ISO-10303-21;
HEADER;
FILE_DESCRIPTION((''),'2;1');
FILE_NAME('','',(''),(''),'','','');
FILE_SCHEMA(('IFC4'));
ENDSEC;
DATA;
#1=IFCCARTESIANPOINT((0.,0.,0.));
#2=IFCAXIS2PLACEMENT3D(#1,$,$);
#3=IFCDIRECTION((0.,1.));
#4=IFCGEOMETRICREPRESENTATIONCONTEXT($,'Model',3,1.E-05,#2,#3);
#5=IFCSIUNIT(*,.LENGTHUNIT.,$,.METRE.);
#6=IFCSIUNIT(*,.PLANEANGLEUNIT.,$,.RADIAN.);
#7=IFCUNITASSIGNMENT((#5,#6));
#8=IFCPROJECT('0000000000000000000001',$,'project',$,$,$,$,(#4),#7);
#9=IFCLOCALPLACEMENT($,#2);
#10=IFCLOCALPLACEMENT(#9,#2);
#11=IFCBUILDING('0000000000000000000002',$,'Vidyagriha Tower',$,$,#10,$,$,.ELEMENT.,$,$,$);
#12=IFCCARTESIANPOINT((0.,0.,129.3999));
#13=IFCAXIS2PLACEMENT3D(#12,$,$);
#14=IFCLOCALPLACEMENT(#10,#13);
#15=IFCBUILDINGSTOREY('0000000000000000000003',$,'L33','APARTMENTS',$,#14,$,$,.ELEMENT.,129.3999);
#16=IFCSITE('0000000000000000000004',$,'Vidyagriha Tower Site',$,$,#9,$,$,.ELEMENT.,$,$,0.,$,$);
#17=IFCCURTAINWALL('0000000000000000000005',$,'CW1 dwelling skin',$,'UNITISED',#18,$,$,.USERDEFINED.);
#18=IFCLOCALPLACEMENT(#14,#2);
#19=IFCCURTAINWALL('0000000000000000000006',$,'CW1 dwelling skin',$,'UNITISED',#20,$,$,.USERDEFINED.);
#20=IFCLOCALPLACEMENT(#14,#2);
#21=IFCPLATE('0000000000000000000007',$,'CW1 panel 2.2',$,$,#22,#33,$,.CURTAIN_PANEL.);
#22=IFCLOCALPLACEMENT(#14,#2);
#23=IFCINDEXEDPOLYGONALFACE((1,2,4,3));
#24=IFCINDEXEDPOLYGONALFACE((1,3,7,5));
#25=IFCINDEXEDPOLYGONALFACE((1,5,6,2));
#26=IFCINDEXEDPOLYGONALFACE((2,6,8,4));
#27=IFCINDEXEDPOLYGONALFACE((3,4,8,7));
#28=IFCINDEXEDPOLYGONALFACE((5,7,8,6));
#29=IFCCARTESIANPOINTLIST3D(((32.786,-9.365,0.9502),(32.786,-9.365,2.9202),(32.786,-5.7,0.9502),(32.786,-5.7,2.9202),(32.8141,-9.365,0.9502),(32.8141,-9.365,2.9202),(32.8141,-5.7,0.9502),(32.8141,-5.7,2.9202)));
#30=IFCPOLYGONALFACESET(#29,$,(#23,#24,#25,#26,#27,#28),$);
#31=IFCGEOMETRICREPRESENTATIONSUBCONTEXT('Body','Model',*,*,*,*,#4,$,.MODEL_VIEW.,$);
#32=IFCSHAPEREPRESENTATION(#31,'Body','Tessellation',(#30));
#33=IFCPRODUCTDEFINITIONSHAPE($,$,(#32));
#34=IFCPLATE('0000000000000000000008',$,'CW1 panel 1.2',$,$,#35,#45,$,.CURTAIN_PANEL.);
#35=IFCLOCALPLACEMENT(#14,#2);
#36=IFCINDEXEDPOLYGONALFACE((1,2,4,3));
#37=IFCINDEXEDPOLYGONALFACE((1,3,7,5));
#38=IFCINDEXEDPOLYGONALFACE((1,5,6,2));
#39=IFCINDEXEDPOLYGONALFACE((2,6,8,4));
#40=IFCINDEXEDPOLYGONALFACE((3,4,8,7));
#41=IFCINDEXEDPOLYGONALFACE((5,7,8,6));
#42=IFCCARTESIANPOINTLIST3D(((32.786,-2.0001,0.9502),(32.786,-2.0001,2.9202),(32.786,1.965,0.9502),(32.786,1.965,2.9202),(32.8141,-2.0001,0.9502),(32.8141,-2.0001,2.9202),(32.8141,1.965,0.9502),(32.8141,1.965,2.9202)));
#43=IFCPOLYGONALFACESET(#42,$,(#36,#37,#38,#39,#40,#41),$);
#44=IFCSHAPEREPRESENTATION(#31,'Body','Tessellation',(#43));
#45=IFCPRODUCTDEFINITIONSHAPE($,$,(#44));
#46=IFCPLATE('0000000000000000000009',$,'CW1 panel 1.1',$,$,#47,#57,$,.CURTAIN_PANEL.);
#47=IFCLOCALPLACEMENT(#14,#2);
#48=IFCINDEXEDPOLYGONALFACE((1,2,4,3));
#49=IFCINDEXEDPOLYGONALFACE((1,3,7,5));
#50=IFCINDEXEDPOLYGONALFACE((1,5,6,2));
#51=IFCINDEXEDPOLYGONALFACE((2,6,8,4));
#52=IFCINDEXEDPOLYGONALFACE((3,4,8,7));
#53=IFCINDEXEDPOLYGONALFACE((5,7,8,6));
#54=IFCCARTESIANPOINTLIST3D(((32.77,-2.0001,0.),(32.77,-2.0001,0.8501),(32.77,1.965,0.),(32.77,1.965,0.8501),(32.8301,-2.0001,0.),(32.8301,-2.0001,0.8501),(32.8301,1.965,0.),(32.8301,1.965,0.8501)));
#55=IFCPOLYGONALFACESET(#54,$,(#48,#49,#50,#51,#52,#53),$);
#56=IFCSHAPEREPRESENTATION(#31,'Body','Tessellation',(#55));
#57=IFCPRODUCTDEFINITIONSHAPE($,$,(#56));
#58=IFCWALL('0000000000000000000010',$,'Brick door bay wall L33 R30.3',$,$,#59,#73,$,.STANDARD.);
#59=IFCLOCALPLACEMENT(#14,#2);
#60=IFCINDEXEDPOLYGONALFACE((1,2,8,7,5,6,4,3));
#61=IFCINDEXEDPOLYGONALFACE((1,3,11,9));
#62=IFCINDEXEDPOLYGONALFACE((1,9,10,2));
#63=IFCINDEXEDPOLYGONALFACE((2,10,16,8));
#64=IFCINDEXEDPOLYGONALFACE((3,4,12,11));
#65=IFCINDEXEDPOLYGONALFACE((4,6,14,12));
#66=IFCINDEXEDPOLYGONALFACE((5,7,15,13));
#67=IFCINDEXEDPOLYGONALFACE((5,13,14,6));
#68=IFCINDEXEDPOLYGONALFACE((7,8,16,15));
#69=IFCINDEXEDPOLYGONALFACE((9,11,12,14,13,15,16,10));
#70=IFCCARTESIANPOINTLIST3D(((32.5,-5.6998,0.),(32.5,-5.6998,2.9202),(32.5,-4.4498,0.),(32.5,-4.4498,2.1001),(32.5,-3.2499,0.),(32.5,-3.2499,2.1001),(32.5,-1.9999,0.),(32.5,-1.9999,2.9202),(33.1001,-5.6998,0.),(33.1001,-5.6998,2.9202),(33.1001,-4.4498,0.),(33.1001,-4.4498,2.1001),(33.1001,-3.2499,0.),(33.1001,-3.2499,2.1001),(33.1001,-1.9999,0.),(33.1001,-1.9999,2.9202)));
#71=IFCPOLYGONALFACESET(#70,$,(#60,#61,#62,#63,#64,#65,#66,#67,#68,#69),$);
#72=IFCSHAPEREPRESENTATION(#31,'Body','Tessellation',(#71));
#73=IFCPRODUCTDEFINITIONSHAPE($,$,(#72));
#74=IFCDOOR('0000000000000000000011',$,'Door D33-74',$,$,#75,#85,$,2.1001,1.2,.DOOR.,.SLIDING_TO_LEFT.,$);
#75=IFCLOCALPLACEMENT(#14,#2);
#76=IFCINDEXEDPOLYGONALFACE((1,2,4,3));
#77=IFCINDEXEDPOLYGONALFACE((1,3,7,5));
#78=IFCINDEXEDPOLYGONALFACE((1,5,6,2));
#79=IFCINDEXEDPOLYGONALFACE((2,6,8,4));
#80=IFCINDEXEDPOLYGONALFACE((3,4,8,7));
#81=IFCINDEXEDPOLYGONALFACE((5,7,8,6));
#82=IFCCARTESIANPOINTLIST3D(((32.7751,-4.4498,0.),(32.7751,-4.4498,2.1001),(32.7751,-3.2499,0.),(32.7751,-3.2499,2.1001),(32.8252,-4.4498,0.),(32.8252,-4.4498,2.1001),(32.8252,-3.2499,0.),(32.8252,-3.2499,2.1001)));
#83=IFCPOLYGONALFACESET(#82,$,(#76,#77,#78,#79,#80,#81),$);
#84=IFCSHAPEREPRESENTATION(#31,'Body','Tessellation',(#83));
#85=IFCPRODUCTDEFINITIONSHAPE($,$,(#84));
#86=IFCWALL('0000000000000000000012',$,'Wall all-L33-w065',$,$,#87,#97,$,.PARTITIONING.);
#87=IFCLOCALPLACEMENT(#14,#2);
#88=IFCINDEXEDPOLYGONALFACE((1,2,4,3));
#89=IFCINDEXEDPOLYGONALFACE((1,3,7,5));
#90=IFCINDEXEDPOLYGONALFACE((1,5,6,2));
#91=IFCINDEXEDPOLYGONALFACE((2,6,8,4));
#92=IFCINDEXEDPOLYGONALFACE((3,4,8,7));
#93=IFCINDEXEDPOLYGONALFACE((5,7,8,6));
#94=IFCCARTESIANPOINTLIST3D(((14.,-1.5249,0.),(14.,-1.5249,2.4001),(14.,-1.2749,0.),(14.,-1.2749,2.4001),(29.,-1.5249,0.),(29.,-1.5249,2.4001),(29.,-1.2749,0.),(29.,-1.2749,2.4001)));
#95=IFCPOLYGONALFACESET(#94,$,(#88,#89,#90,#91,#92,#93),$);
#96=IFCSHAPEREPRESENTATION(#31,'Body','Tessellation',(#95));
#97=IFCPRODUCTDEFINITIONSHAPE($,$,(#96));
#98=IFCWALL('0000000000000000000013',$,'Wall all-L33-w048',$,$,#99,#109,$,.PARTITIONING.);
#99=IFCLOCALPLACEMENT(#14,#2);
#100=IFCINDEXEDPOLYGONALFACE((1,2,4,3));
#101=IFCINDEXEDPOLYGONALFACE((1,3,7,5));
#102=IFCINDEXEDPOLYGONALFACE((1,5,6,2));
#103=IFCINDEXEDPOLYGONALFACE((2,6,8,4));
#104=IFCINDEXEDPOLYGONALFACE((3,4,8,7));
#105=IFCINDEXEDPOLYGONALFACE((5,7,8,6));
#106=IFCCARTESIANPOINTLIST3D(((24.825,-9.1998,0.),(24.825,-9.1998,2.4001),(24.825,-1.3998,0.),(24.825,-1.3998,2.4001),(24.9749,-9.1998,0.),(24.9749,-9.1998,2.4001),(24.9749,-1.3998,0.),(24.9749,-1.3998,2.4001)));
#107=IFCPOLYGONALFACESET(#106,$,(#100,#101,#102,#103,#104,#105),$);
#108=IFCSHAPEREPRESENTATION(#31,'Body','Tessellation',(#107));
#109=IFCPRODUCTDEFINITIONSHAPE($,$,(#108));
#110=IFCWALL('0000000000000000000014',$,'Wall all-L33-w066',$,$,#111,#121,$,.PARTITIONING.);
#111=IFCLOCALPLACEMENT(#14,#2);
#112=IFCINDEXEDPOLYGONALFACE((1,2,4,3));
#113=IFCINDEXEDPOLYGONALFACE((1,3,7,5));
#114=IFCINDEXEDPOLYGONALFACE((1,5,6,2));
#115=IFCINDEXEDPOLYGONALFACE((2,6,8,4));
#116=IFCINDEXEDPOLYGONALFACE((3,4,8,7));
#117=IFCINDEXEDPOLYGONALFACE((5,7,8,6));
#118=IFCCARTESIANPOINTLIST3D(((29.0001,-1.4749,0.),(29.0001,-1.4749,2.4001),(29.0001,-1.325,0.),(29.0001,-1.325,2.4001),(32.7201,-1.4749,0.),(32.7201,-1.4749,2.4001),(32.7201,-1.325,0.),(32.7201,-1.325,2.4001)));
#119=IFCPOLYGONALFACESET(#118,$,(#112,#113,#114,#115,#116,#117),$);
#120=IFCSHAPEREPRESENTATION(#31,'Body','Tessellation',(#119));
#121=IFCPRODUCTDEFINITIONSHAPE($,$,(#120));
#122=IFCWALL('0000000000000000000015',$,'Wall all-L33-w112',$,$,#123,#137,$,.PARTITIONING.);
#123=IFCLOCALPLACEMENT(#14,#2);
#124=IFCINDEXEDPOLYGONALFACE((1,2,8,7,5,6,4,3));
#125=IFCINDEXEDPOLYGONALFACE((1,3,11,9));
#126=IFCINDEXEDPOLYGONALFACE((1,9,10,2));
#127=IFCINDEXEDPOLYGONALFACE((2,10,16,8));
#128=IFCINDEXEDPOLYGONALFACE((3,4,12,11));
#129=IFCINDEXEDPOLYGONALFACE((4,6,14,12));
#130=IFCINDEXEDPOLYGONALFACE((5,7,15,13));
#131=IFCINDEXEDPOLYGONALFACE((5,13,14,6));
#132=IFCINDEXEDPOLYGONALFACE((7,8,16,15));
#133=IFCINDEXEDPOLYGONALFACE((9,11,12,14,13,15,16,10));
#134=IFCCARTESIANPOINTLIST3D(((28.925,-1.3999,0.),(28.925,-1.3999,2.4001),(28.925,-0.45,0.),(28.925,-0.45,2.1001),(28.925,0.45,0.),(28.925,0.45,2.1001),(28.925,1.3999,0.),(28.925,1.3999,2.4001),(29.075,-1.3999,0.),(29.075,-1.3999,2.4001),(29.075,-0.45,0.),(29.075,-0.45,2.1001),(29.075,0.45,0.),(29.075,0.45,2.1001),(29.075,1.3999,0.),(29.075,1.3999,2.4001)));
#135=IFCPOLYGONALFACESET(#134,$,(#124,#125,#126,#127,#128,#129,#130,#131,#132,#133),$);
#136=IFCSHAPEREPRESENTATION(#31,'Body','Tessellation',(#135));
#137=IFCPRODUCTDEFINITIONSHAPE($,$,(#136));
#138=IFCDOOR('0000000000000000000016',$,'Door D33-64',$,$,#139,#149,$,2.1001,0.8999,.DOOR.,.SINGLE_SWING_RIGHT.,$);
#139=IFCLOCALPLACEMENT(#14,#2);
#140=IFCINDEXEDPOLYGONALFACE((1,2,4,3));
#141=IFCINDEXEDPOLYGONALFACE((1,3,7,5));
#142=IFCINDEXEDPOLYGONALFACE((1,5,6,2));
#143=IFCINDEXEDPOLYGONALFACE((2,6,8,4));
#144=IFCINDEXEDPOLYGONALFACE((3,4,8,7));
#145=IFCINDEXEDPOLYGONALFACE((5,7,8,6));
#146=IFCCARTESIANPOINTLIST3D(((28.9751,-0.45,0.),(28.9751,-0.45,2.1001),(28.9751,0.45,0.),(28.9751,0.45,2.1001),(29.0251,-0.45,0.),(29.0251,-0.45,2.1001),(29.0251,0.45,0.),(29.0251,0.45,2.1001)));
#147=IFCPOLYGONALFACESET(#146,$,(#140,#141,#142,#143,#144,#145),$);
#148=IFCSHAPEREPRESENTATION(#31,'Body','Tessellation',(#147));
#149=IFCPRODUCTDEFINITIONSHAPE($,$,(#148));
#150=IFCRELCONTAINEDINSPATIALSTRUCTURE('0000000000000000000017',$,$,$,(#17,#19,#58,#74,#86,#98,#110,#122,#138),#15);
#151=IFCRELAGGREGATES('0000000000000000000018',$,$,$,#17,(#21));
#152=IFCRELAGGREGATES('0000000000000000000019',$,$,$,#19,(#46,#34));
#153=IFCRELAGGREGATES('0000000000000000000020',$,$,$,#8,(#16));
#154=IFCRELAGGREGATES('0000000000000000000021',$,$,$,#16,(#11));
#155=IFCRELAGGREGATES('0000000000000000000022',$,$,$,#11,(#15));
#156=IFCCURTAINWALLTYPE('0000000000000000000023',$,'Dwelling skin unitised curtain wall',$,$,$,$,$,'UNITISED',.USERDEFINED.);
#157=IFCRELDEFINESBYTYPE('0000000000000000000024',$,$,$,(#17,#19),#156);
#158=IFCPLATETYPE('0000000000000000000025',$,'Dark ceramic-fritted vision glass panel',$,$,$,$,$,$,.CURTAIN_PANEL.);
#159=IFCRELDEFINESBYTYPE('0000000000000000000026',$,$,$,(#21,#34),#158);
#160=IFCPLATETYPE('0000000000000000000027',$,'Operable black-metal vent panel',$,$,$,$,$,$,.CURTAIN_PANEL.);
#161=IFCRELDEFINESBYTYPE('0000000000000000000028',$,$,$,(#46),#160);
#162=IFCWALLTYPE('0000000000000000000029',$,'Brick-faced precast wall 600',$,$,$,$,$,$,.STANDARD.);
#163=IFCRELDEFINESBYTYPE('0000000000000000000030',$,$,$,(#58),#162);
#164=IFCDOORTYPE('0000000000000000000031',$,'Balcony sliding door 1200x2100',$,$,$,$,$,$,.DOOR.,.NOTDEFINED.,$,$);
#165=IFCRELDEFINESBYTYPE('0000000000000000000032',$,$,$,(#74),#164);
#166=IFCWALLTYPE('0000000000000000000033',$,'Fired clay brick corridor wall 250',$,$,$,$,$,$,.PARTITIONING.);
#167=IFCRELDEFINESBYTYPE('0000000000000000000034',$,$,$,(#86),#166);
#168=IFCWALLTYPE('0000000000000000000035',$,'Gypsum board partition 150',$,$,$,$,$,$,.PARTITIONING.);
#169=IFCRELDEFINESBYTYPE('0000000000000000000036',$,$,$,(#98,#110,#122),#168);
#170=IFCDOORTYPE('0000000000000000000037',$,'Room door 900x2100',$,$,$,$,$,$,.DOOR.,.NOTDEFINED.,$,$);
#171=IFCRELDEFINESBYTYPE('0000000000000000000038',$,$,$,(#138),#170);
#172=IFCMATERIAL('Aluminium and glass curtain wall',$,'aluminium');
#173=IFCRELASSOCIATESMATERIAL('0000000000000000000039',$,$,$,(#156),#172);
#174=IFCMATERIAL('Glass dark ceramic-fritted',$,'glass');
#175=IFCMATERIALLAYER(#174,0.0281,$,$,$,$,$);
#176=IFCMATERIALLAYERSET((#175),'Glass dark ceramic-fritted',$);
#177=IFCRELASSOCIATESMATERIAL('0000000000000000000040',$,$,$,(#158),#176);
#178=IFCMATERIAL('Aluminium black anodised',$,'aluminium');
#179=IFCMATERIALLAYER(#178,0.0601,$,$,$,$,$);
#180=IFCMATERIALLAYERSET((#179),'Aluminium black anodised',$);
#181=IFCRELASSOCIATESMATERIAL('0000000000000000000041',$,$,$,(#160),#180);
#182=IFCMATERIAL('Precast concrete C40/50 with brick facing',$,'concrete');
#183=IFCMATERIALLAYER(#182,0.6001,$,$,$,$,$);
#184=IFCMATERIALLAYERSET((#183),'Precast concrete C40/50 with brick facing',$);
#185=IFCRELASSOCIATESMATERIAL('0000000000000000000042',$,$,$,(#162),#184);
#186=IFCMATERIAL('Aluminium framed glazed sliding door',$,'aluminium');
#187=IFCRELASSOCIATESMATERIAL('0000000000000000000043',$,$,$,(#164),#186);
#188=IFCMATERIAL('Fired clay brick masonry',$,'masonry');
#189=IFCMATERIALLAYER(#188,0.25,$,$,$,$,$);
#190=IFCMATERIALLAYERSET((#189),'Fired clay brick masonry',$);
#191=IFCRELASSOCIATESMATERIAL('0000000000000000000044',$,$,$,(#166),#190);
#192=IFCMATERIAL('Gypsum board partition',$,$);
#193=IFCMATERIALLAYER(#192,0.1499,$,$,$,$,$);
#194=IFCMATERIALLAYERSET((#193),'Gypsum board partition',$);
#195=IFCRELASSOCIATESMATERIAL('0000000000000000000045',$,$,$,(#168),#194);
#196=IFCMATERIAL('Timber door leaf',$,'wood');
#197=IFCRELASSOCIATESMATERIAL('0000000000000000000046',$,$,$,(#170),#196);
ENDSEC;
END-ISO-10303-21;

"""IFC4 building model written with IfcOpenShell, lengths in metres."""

from ifc_helpers import new_model, si_unit, direction, frame, frame_2d, origin, origin_2d, place, context, subcontext, project, spatial, rectangle, extrude, material, layer, layer_set, type_object, element, fill, aggregate, save


model = new_model("IFC4")

# Units and contexts
model_context = context("Model", 3, precision=1e-05, world=origin(), true_north=direction((0.0, 1.0)))
body_context = subcontext(model_context, "Body", "Model", "MODEL_VIEW")
ifc_project = project(units=[si_unit("LENGTHUNIT", "METRE"), si_unit("PLANEANGLEUNIT", "RADIAN")], contexts=[model_context])

# Site, building, storey
site_placement = place(None, origin())
site = spatial("IfcSite", under=ifc_project, at=site_placement, Name="Vidyagriha Tower Site", CompositionType="ELEMENT", RefElevation=0.0)
building_placement = place(site_placement, origin())
building = spatial("IfcBuilding", under=site, at=building_placement, Name="Vidyagriha Tower", CompositionType="ELEMENT")
storey_placement = place(building_placement, frame((0.0, 0.0, 129.3999)))
storey = spatial("IfcBuildingStorey", under=building, at=storey_placement, Name="L33", Description="APARTMENTS", CompositionType="ELEMENT", Elevation=129.3999)

# Curtain wall
ifc_material_1 = material(Name="Aluminium and glass curtain wall", Category="aluminium")
curtain_wall_type = type_object("IfcCurtainWallType", Name="Dwelling skin unitised curtain wall", ElementType="UNITISED", PredefinedType="USERDEFINED", material=ifc_material_1)
curtain_wall_1_placement = place(storey_placement, origin())
curtain_wall_1 = element("IfcCurtainWall", 1, at=curtain_wall_1_placement, inside=storey, type_object=curtain_wall_type, Name="CW1 dwelling skin", ObjectType="UNITISED", PredefinedType="USERDEFINED")

# Curtain wall
curtain_wall_2_placement = place(storey_placement, origin())
curtain_wall_2 = element("IfcCurtainWall", 2, at=curtain_wall_2_placement, inside=storey, type_object=curtain_wall_type, Name="CW1 dwelling skin", ObjectType="UNITISED", PredefinedType="USERDEFINED")

# Plates
ifc_material_2 = material(Name="Glass dark ceramic-fritted", Category="glass")
ifc_layer_1 = layer(ifc_material_2, 0.0281)
ifc_layer_set_1 = layer_set([ifc_layer_1], Name="Glass dark ceramic-fritted")
plate_type_1 = type_object("IfcPlateType", Name="Dark ceramic-fritted vision glass panel", PredefinedType="CURTAIN_PANEL", material=ifc_layer_set_1)
plate_1_placement = place(storey_placement, frame((32.8, -7.5325, 0.9502), z_axis=(0.0, 0.0, 1.0), x_axis=(0.0, 1.0, 0.0)))
plate_1 = element("IfcPlate", 3, at=plate_1_placement, type_object=plate_type_1, Name="CW1 panel 2.2", PredefinedType="CURTAIN_PANEL", context=body_context, shape_type="SweptSolid", body=[
    extrude(rectangle(XDim=3.665, YDim=0.0281, at=origin_2d()), origin(), (0.0, 0.0, 1.0), 1.97),
])
aggregate(curtain_wall_1, [plate_1])
plate_2_placement = place(storey_placement, frame((32.8, -0.0176, 0.9502), z_axis=(0.0, 0.0, 1.0), x_axis=(0.0, 1.0, 0.0)))
plate_2 = element("IfcPlate", 4, at=plate_2_placement, type_object=plate_type_1, Name="CW1 panel 1.2", PredefinedType="CURTAIN_PANEL", context=body_context, shape_type="SweptSolid", body=[
    extrude(rectangle(XDim=3.9651, YDim=0.0281, at=origin_2d()), origin(), (0.0, 0.0, 1.0), 1.97),
])
ifc_material_3 = material(Name="Aluminium black anodised", Category="aluminium")
ifc_layer_2 = layer(ifc_material_3, 0.0601)
ifc_layer_set_2 = layer_set([ifc_layer_2], Name="Aluminium black anodised")
plate_type_2 = type_object("IfcPlateType", Name="Operable black-metal vent panel", PredefinedType="CURTAIN_PANEL", material=ifc_layer_set_2)
plate_3_placement = place(storey_placement, frame((32.8, -0.0176, 0.0), z_axis=(0.0, 0.0, 1.0), x_axis=(0.0, 1.0, 0.0)))
plate_3 = element("IfcPlate", 5, at=plate_3_placement, type_object=plate_type_2, Name="CW1 panel 1.1", PredefinedType="CURTAIN_PANEL", context=body_context, shape_type="SweptSolid", body=[
    extrude(rectangle(XDim=3.9651, YDim=0.0601, at=origin_2d()), origin(), (0.0, 0.0, 1.0), 0.8501),
])
aggregate(curtain_wall_2, [plate_3, plate_2])

# Wall, opening, door
ifc_material_4 = material(Name="Precast concrete C40/50 with brick facing", Category="concrete")
ifc_layer_3 = layer(ifc_material_4, 0.6001)
ifc_layer_set_3 = layer_set([ifc_layer_3], Name="Precast concrete C40/50 with brick facing")
wall_type_1 = type_object("IfcWallType", Name="Brick-faced precast wall 600", PredefinedType="STANDARD", material=ifc_layer_set_3)
wall_1_placement = place(storey_placement, frame((32.8, -5.7, 0.0), z_axis=(0.0, 0.0, 1.0), x_axis=(0.0, 1.0, 0.0)))
wall_1 = element("IfcWall", 6, at=wall_1_placement, inside=storey, type_object=wall_type_1, Name="Brick door bay wall L33 R30.3", PredefinedType="STANDARD", context=body_context, shape_type="SweptSolid", body=[
    extrude(rectangle(XDim=3.7, YDim=0.6001, at=frame_2d((1.8501, 0.0))), origin(), (0.0, 0.0, 1.0), 2.9202),
])
opening_1_placement = place(wall_1_placement, frame((1.25, 0.0, 0.0)))
opening_1 = element("IfcOpeningElement", 7, at=opening_1_placement, cuts=wall_1, PredefinedType="OPENING", context=body_context, shape_type="SweptSolid", body=[
    extrude(rectangle(XDim=1.2, YDim=2.1001, at=frame_2d((0.6001, 1.05))), frame((0.0, 0.3101, 0.0), z_axis=(0.0, -1.0, 0.0), x_axis=(1.0, 0.0, 0.0)), (0.0, 0.0, 1.0), 0.6201),
])
ifc_material_5 = material(Name="Aluminium framed glazed sliding door", Category="aluminium")
door_type_1 = type_object("IfcDoorType", Name="Balcony sliding door 1200x2100", OperationType="NOTDEFINED", PredefinedType="DOOR", material=ifc_material_5)
door_1_placement = place(opening_1_placement, origin())
door_1 = element("IfcDoor", 8, at=door_1_placement, inside=storey, type_object=door_type_1, Name="Door D33-74", OperationType="SLIDING_TO_LEFT", OverallHeight=2.1001, OverallWidth=1.2, PredefinedType="DOOR", context=body_context, shape_type="SweptSolid", body=[
    extrude(rectangle(XDim=1.2, YDim=2.1001, at=frame_2d((0.6001, 1.05))), frame((0.0, 0.0249, 0.0), z_axis=(0.0, -1.0, 0.0), x_axis=(1.0, 0.0, 0.0)), (0.0, 0.0, 1.0), 0.05),
])
fill(opening_1, door_1)

# Walls
ifc_material_6 = material(Name="Fired clay brick masonry", Category="masonry")
ifc_layer_4 = layer(ifc_material_6, 0.25)
ifc_layer_set_4 = layer_set([ifc_layer_4], Name="Fired clay brick masonry")
wall_type_2 = type_object("IfcWallType", Name="Fired clay brick corridor wall 250", PredefinedType="PARTITIONING", material=ifc_layer_set_4)
wall_2_placement = place(storey_placement, frame((29.0, -1.3999, 0.0), z_axis=(0.0, 0.0, 1.0), x_axis=(-1.0, 0.0, 0.0)))
element("IfcWall", 9, at=wall_2_placement, inside=storey, type_object=wall_type_2, Name="Wall all-L33-w065", PredefinedType="PARTITIONING", context=body_context, shape_type="SweptSolid", body=[
    extrude(rectangle(XDim=15.0, YDim=0.25, at=frame_2d((7.5, 0.0))), origin(), (0.0, 0.0, 1.0), 2.4001),
])
ifc_material_7 = material(Name="Gypsum board partition")
ifc_layer_5 = layer(ifc_material_7, 0.1499)
ifc_layer_set_5 = layer_set([ifc_layer_5], Name="Gypsum board partition")
wall_type_3 = type_object("IfcWallType", Name="Gypsum board partition 150", PredefinedType="PARTITIONING", material=ifc_layer_set_5)
wall_3_placement = place(storey_placement, frame((24.8999, -1.3999, 0.0), z_axis=(0.0, 0.0, 1.0), x_axis=(0.0, -1.0, 0.0)))
element("IfcWall", 10, at=wall_3_placement, inside=storey, type_object=wall_type_3, Name="Wall all-L33-w048", PredefinedType="PARTITIONING", context=body_context, shape_type="SweptSolid", body=[
    extrude(rectangle(XDim=7.8, YDim=0.1499, at=frame_2d((3.8999, 0.0))), origin(), (0.0, 0.0, 1.0), 2.4001),
])
wall_4_placement = place(storey_placement, frame((32.72, -1.3999, 0.0), z_axis=(0.0, 0.0, 1.0), x_axis=(-1.0, 0.0, 0.0)))
element("IfcWall", 11, at=wall_4_placement, inside=storey, type_object=wall_type_3, Name="Wall all-L33-w066", PredefinedType="PARTITIONING", context=body_context, shape_type="SweptSolid", body=[
    extrude(rectangle(XDim=3.72, YDim=0.1499, at=frame_2d((1.8599, 0.0))), origin(), (0.0, 0.0, 1.0), 2.4001),
])

# Wall, opening, door
wall_5_placement = place(storey_placement, frame((29.0, -1.3999, 0.0), z_axis=(0.0, 0.0, 1.0), x_axis=(0.0, 1.0, 0.0)))
wall_5 = element("IfcWall", 12, at=wall_5_placement, inside=storey, type_object=wall_type_3, Name="Wall all-L33-w112", PredefinedType="PARTITIONING", context=body_context, shape_type="SweptSolid", body=[
    extrude(rectangle(XDim=2.7998, YDim=0.1499, at=frame_2d((1.3999, 0.0))), origin(), (0.0, 0.0, 1.0), 2.4001),
])
opening_2_placement = place(wall_5_placement, frame((0.95, 0.0, 0.0)))
opening_2 = element("IfcOpeningElement", 13, at=opening_2_placement, cuts=wall_5, PredefinedType="OPENING", context=body_context, shape_type="SweptSolid", body=[
    extrude(rectangle(XDim=0.8999, YDim=2.1001, at=frame_2d((0.45, 1.05))), frame((0.0, 0.085, 0.0), z_axis=(0.0, -1.0, 0.0), x_axis=(1.0, 0.0, 0.0)), (0.0, 0.0, 1.0), 0.1699),
])
ifc_material_8 = material(Name="Timber door leaf", Category="wood")
door_type_2 = type_object("IfcDoorType", Name="Room door 900x2100", OperationType="NOTDEFINED", PredefinedType="DOOR", material=ifc_material_8)
door_2_placement = place(opening_2_placement, origin())
door_2 = element("IfcDoor", 14, at=door_2_placement, inside=storey, type_object=door_type_2, Name="Door D33-64", OperationType="SINGLE_SWING_RIGHT", OverallHeight=2.1001, OverallWidth=0.8999, PredefinedType="DOOR", context=body_context, shape_type="SweptSolid", body=[
    extrude(rectangle(XDim=0.8999, YDim=2.1001, at=frame_2d((0.45, 1.05))), frame((0.0, 0.0249, 0.0), z_axis=(0.0, -1.0, 0.0), x_axis=(1.0, 0.0, 0.0)), (0.0, 0.0, 1.0), 0.05),
])
fill(opening_2, door_2)

save(model, "model.ifc")
